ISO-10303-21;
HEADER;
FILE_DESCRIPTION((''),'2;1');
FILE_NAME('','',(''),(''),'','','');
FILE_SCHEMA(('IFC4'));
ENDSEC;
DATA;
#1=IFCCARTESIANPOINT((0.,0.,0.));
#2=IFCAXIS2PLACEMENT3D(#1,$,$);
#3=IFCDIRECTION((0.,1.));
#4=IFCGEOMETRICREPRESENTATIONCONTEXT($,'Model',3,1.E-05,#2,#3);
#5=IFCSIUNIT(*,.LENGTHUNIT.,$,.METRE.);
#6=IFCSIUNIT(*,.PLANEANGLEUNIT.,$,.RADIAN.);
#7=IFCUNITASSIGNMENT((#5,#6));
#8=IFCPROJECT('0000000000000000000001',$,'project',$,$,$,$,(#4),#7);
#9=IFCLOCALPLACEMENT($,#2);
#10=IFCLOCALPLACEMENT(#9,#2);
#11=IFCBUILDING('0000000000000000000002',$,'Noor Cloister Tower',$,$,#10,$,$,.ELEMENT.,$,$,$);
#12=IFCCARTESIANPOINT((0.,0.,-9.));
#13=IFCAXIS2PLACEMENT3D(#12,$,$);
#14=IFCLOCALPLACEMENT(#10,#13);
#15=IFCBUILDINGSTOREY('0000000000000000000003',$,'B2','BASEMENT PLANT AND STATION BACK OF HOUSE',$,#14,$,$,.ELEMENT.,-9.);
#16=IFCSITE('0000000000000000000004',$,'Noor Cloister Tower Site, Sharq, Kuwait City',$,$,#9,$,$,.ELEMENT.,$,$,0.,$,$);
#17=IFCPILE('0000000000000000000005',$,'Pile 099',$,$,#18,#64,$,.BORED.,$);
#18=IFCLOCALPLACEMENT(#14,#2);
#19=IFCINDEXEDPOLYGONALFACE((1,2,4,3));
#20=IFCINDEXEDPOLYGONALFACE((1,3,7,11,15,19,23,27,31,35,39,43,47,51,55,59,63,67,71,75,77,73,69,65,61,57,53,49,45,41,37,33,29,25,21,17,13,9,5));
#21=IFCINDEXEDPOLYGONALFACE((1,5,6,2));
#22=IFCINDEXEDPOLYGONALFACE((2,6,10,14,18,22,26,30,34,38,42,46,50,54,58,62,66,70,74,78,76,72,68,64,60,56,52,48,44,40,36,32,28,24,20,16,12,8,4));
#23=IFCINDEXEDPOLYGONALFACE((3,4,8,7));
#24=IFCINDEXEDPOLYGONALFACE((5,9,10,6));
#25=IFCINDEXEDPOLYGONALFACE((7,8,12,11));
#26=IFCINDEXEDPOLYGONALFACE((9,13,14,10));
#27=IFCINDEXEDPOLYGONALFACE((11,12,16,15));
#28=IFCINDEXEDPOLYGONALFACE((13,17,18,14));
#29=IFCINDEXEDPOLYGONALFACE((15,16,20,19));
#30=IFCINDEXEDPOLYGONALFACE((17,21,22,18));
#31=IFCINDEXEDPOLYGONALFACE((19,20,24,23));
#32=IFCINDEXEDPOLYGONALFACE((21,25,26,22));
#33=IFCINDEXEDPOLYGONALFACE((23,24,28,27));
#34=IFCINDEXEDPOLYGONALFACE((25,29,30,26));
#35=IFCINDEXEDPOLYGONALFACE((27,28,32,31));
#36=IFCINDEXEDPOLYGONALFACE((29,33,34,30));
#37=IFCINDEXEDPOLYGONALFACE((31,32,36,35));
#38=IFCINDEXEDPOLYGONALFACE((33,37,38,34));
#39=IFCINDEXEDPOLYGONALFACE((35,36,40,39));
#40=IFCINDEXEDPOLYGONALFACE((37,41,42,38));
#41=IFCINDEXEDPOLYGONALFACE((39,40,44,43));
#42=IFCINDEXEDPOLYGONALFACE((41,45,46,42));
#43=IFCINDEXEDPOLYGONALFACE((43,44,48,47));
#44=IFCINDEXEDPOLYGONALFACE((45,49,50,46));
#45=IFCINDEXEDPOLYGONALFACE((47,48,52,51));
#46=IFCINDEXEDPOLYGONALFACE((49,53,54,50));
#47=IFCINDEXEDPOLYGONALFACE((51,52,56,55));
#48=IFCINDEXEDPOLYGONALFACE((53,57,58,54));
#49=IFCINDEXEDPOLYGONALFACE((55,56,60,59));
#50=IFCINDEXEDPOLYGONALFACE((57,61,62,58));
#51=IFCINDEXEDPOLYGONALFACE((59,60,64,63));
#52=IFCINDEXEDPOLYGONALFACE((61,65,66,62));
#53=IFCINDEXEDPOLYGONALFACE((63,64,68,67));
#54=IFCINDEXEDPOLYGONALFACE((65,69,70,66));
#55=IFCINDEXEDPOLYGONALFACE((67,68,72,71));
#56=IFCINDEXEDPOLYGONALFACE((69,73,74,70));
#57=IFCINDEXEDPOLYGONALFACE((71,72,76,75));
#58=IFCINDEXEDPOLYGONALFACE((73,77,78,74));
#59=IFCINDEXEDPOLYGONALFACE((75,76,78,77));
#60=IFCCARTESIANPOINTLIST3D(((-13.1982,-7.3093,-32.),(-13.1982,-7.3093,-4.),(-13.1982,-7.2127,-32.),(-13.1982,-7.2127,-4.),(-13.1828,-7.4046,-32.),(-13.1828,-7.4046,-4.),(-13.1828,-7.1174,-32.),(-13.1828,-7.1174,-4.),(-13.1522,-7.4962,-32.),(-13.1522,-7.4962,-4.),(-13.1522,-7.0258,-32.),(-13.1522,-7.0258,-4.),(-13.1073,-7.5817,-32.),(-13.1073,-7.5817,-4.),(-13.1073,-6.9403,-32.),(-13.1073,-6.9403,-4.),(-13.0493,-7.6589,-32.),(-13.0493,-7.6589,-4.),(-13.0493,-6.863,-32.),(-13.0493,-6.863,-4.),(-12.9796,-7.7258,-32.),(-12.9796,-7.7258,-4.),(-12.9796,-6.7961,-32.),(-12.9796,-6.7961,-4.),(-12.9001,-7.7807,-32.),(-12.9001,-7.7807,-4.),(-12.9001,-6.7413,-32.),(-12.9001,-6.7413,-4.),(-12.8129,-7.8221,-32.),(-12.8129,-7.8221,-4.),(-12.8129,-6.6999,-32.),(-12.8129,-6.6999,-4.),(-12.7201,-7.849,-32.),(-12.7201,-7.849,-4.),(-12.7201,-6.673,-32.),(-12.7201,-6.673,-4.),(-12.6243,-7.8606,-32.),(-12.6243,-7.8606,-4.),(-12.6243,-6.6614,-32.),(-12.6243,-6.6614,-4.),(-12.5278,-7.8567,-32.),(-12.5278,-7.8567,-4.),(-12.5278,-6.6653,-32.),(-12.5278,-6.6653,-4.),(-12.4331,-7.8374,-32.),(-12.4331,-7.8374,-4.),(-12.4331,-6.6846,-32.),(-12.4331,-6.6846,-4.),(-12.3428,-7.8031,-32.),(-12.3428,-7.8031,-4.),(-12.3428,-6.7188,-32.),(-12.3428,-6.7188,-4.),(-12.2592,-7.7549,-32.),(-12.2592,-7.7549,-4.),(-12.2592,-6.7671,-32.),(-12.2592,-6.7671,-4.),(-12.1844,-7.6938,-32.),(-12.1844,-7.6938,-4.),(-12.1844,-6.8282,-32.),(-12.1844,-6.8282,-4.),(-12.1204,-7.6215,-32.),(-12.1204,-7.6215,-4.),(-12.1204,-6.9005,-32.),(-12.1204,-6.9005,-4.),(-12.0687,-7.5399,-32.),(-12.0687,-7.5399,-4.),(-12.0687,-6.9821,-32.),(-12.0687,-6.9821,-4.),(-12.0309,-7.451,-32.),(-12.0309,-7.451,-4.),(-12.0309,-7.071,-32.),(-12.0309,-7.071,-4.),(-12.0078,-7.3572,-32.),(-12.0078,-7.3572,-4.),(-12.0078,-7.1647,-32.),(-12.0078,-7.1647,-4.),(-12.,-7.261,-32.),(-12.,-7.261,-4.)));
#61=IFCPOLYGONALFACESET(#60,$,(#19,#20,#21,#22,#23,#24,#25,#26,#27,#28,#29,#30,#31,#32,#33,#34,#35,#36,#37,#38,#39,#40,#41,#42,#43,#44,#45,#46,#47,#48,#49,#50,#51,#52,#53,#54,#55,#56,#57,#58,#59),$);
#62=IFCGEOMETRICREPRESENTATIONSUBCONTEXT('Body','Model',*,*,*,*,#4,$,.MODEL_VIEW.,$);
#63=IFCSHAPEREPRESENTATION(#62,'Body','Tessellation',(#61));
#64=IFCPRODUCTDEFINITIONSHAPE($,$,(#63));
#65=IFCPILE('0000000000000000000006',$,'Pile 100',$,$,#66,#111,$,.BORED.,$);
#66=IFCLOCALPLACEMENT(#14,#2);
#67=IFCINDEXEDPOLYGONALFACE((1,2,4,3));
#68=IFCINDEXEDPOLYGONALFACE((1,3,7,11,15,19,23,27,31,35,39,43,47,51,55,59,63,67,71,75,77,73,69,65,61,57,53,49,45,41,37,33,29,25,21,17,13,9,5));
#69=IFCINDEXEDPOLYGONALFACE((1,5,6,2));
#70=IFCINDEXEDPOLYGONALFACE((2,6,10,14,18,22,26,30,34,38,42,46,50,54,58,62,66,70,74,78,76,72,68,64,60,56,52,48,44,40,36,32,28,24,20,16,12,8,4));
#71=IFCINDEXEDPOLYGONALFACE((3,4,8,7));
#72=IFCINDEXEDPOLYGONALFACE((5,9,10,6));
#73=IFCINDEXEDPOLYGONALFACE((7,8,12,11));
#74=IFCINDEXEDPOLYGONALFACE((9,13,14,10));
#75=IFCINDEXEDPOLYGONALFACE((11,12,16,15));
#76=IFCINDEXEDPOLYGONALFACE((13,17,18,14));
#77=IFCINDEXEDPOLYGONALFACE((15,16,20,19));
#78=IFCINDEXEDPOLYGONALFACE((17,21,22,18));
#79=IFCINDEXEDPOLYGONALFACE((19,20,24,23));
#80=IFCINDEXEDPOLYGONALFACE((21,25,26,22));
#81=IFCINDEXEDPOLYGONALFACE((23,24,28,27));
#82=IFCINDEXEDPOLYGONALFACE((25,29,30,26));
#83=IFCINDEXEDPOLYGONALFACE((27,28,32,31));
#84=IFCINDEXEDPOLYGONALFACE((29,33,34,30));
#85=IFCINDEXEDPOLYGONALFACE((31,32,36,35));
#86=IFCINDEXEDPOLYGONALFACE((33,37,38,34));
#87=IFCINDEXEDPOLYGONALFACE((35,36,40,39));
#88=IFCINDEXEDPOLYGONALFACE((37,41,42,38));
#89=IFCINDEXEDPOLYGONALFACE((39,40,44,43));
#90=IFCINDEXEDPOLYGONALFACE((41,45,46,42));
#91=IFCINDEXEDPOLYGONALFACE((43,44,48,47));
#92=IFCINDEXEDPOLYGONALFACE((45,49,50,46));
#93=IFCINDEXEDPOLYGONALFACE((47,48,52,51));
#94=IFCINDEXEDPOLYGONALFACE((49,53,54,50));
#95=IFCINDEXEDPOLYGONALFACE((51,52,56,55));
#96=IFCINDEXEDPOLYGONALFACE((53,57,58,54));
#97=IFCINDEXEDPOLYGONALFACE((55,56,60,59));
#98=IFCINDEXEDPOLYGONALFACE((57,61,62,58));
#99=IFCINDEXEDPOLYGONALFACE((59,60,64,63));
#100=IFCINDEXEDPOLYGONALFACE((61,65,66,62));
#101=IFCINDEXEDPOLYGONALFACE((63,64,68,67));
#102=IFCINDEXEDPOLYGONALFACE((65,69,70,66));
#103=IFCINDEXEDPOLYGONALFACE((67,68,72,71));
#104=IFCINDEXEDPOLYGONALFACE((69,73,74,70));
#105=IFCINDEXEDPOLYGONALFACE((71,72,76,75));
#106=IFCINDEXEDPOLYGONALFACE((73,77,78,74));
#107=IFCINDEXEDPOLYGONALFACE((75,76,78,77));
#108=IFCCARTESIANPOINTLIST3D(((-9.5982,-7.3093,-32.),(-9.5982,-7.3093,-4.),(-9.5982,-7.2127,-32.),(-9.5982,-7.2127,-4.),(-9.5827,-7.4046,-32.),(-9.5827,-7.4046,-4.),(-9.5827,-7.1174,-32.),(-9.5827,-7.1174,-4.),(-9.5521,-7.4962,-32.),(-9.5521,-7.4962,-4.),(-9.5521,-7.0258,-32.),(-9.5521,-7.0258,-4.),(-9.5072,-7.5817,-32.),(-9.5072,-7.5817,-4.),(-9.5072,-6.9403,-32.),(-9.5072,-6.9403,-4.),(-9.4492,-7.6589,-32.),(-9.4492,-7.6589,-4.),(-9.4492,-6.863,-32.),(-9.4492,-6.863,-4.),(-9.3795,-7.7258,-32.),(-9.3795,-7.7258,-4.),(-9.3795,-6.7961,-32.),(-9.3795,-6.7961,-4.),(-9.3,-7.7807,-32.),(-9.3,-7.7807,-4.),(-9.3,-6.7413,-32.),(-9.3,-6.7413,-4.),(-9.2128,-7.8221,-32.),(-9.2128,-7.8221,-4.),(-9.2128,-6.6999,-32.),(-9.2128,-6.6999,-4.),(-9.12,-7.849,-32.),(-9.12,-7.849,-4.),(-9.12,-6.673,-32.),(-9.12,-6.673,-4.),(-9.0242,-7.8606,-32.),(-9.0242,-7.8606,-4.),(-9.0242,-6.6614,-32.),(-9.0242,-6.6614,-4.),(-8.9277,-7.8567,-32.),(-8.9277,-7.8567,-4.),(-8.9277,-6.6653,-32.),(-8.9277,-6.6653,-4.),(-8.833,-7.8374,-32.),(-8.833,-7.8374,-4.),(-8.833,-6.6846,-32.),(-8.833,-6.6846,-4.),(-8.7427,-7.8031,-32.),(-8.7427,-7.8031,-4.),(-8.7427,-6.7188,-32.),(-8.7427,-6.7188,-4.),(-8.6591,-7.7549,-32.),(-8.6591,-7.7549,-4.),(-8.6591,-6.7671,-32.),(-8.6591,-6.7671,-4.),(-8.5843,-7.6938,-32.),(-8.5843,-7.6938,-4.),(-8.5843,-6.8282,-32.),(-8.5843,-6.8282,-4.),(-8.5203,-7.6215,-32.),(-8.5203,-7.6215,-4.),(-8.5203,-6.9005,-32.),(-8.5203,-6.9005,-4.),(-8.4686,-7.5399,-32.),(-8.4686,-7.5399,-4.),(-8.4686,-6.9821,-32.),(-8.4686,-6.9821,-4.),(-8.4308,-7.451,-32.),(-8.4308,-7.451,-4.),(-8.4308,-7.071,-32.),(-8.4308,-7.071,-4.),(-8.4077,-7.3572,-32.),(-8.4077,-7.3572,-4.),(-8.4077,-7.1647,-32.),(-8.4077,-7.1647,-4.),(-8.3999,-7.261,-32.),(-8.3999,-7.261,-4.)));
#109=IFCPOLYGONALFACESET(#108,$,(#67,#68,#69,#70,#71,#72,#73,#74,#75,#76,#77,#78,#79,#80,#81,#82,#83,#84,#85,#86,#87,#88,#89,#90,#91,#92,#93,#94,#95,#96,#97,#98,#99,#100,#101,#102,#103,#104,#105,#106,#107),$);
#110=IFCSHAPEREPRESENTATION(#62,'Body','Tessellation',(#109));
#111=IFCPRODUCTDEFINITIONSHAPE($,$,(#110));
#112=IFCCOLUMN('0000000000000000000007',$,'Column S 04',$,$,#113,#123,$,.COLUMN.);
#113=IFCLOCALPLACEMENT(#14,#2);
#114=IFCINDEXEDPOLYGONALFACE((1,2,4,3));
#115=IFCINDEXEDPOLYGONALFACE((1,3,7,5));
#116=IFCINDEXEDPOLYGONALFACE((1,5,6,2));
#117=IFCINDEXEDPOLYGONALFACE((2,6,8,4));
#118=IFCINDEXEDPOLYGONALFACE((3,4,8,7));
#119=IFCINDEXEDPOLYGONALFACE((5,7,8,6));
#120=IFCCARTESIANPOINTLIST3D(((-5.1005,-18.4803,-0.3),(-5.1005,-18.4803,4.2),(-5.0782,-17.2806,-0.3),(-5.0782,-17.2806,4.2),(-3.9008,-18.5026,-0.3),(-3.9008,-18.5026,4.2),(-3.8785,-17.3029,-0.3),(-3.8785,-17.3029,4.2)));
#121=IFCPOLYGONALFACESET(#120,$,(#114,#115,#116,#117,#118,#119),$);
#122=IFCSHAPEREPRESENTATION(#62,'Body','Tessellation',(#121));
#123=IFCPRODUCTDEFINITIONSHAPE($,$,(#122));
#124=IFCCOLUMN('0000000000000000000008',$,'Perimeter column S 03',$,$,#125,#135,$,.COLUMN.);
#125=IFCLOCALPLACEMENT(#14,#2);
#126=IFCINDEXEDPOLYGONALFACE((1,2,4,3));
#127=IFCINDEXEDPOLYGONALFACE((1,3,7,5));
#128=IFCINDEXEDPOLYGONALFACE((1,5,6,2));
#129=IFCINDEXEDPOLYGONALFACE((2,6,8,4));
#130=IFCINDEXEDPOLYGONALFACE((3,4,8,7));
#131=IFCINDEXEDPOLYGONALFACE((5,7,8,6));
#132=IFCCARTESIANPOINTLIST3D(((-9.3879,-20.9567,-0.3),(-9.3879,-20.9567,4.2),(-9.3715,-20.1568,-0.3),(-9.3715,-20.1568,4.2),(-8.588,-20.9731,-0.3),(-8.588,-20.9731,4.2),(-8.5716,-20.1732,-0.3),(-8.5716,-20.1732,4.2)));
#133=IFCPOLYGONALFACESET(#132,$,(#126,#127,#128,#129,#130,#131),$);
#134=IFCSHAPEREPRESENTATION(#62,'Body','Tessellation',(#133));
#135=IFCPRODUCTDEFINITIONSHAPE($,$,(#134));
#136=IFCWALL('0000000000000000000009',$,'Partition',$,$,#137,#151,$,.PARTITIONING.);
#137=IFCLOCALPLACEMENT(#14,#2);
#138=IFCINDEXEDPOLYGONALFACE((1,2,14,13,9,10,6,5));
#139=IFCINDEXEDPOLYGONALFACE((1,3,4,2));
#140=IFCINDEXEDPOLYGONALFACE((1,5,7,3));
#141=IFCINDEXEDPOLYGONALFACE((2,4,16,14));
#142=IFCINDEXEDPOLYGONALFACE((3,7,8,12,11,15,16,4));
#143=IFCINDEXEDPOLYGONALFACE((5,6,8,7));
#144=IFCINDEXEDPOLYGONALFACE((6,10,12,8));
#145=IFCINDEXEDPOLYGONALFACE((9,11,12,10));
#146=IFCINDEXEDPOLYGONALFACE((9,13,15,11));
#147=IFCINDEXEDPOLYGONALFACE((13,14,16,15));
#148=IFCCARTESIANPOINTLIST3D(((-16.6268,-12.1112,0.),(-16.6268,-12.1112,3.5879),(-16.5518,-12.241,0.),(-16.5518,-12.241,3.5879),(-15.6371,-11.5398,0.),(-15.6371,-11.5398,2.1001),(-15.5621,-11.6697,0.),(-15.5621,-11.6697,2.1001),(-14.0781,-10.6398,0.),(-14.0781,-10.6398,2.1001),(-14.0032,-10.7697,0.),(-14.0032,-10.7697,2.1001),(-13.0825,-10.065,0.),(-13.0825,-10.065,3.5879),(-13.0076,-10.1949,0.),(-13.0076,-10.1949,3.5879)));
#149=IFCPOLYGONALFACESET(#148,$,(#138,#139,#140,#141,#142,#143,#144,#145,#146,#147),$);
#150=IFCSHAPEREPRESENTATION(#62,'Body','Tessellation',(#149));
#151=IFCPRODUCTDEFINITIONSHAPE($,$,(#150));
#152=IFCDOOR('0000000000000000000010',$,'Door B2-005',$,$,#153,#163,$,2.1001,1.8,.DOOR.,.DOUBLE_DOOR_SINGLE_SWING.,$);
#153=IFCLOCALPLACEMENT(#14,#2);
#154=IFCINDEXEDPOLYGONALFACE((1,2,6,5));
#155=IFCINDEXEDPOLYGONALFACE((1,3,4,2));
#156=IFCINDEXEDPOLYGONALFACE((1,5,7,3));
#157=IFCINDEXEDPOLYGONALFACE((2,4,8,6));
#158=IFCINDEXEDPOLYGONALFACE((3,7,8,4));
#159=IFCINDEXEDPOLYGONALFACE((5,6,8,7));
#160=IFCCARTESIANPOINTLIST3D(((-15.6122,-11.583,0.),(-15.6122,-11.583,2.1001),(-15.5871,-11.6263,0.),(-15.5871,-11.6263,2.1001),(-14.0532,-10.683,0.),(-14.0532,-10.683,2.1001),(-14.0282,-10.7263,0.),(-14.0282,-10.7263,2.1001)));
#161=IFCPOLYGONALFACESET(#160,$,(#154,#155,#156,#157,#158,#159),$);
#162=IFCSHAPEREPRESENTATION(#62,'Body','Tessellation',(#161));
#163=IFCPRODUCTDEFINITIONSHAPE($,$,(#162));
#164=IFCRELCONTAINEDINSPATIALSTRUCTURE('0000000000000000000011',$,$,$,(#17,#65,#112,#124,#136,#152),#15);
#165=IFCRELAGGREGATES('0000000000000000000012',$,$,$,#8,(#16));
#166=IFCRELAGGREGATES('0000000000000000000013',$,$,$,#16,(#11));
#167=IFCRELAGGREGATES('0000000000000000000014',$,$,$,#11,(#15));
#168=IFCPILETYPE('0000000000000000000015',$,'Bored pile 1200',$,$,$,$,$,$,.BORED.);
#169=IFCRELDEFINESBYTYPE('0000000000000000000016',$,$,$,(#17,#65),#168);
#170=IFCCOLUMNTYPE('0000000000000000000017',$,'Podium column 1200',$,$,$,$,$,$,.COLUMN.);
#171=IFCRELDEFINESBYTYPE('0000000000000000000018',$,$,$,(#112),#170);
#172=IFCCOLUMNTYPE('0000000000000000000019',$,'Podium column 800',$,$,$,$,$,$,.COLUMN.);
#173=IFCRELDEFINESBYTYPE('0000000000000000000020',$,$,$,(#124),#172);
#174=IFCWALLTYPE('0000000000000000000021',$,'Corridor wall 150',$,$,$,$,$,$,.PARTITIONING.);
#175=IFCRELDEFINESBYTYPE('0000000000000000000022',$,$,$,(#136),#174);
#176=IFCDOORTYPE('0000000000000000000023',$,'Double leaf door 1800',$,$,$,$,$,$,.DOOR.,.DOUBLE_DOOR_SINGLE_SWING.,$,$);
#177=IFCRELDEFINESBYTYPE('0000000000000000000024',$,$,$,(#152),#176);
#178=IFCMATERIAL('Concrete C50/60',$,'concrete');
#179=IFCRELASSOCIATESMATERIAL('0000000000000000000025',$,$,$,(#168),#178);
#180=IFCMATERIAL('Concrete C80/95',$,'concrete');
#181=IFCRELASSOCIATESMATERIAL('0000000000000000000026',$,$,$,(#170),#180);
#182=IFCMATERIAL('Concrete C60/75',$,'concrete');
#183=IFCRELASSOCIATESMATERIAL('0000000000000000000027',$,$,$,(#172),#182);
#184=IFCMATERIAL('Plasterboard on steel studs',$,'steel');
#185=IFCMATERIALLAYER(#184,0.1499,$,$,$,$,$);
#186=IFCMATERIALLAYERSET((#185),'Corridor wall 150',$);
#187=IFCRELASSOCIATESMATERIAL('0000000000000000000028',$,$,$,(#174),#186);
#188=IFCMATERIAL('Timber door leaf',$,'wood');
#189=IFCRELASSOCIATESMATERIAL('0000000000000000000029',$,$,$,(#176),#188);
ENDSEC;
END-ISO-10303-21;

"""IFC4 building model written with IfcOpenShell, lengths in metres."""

from ifc_helpers import new_model, si_unit, direction, frame, frame_2d, origin, origin_2d, place, context, subcontext, project, spatial, rectangle, circle, extrude, material, layer, layer_set, material_profile, profile_set, type_object, element, fill, save


model = new_model("IFC4")

# Units and contexts
model_context = context("Model", 3, precision=1e-05, world=origin(), true_north=direction((0.0, 1.0)))
body_context = subcontext(model_context, "Body", "Model", "MODEL_VIEW")
ifc_project = project(units=[si_unit("LENGTHUNIT", "METRE"), si_unit("PLANEANGLEUNIT", "RADIAN")], contexts=[model_context])

# Site, building, storey
site_placement = place(None, origin())
site = spatial("IfcSite", under=ifc_project, at=site_placement, Name="Noor Cloister Tower Site, Sharq, Kuwait City", CompositionType="ELEMENT", RefElevation=0.0)
building_placement = place(site_placement, origin())
building = spatial("IfcBuilding", under=site, at=building_placement, Name="Noor Cloister Tower", CompositionType="ELEMENT")
storey_placement = place(building_placement, frame((0.0, 0.0, -9.0)))
storey = spatial("IfcBuildingStorey", under=building, at=storey_placement, Name="B2", Description="BASEMENT PLANT AND STATION BACK OF HOUSE", CompositionType="ELEMENT", Elevation=-9.0)

# Piles
ifc_material_1 = material(Name="Concrete C50/60", Category="concrete")
ifc_material_profile_1 = material_profile(ifc_material_1, circle(Radius=0.6001, at=origin_2d()), Name="Bored pile 1200")
ifc_profile_set_1 = profile_set([ifc_material_profile_1], Name="Concrete C50/60")
pile_type = type_object("IfcPileType", Name="Bored pile 1200", PredefinedType="BORED", material=ifc_profile_set_1)
for number, where, z_axis, x_axis, name in (
    (1, (-12.6001, -7.261, -4.0), (0.0, 0.0, -1.0), (1.0, 0.0, 0.0), "Pile 099"),
    (2, (-9.0, -7.261, -4.0), (0.0, 0.0, -1.0), (1.0, 0.0, 0.0), "Pile 100"),
):
    element("IfcPile", number, at=place(storey_placement, frame(where, z_axis=z_axis, x_axis=x_axis)), inside=storey, type_object=pile_type, Name=name, PredefinedType="BORED", context=body_context, shape_type="SweptSolid", body=[
        extrude(circle(Radius=0.6001, at=origin_2d()), origin(), (0.0, 0.0, 1.0), 28.0),
    ])

# Columns
ifc_material_2 = material(Name="Concrete C80/95", Category="concrete")
ifc_material_profile_2 = material_profile(ifc_material_2, rectangle(XDim=1.2, YDim=1.2, at=origin_2d()), Name="Podium column 1200")
ifc_profile_set_2 = profile_set([ifc_material_profile_2], Name="Concrete C80/95")
column_type_1 = type_object("IfcColumnType", Name="Podium column 1200", PredefinedType="COLUMN", material=ifc_profile_set_2)
column_1_placement = place(storey_placement, frame((-4.4895, -17.8916, -0.3), z_axis=(0.0, 0.0, 1.0), x_axis=(-0.018553, -0.999828, 0.0)))
element("IfcColumn", 3, at=column_1_placement, inside=storey, type_object=column_type_1, Name="Column S 04", PredefinedType="COLUMN", context=body_context, shape_type="SweptSolid", body=[
    extrude(rectangle(XDim=1.2, YDim=1.2, at=origin_2d()), origin(), (0.0, 0.0, 1.0), 4.5),
])
ifc_material_3 = material(Name="Concrete C60/75", Category="concrete")
ifc_material_profile_3 = material_profile(ifc_material_3, rectangle(XDim=0.8, YDim=0.8, at=origin_2d()), Name="Podium column 800")
ifc_profile_set_3 = profile_set([ifc_material_profile_3], Name="Concrete C60/75")
column_type_2 = type_object("IfcColumnType", Name="Podium column 800", PredefinedType="COLUMN", material=ifc_profile_set_3)
column_2_placement = place(storey_placement, frame((-8.9797, -20.5649, -0.3), z_axis=(0.0, 0.0, 1.0), x_axis=(-0.020537, -0.999789, 0.0)))
element("IfcColumn", 4, at=column_2_placement, inside=storey, type_object=column_type_2, Name="Perimeter column S 03", PredefinedType="COLUMN", context=body_context, shape_type="SweptSolid", body=[
    extrude(rectangle(XDim=0.8, YDim=0.8, at=origin_2d()), origin(), (0.0, 0.0, 1.0), 4.5),
])

# Wall, opening, door
ifc_material_4 = material(Name="Plasterboard on steel studs", Category="steel")
ifc_layer_1 = layer(ifc_material_4, 0.1499)
ifc_layer_set_1 = layer_set([ifc_layer_1], Name="Corridor wall 150")
wall_type_1 = type_object("IfcWallType", Name="Corridor wall 150", PredefinedType="PARTITIONING", material=ifc_layer_set_1)
wall_1_placement = place(storey_placement, frame((-13.0449, -10.1299, 0.0), z_axis=(0.0, 0.0, 1.0), x_axis=(-0.866036, -0.499982, 0.0)))
wall_1 = element("IfcWall", 5, at=wall_1_placement, inside=storey, type_object=wall_type_1, Name="Partition", PredefinedType="PARTITIONING", context=body_context, shape_type="SweptSolid", body=[
    extrude(rectangle(XDim=4.0925, YDim=0.1499, at=frame_2d((2.0464, 0.0))), origin(), (0.0, 0.0, 1.0), 3.5879),
])
opening_1_placement = place(wall_1_placement, frame((1.1499, 0.0, 0.0)))
opening_1 = element("IfcOpeningElement", 6, at=opening_1_placement, cuts=wall_1, PredefinedType="OPENING", context=body_context, shape_type="SweptSolid", body=[
    extrude(rectangle(XDim=1.8, YDim=2.1001, at=frame_2d((0.8999, 1.05))), frame((0.0, 0.085, 0.0), z_axis=(0.0, -1.0, 0.0), x_axis=(1.0, 0.0, 0.0)), (0.0, 0.0, 1.0), 0.1699),
])
ifc_material_5 = material(Name="Timber door leaf", Category="wood")
door_type = type_object("IfcDoorType", Name="Double leaf door 1800", OperationType="DOUBLE_DOOR_SINGLE_SWING", PredefinedType="DOOR", material=ifc_material_5)
door_1_placement = place(opening_1_placement, origin())
door_1 = element("IfcDoor", 7, at=door_1_placement, inside=storey, type_object=door_type, Name="Door B2-005", OperationType="DOUBLE_DOOR_SINGLE_SWING", OverallHeight=2.1001, OverallWidth=1.8, PredefinedType="DOOR", context=body_context, shape_type="SweptSolid", body=[
    extrude(rectangle(XDim=1.8, YDim=2.1001, at=frame_2d((0.8999, 1.05))), frame((0.0, 0.0249, 0.0), z_axis=(0.0, -1.0, 0.0), x_axis=(1.0, 0.0, 0.0)), (0.0, 0.0, 1.0), 0.05),
])
fill(opening_1, door_1)

save(model, "model.ifc")
